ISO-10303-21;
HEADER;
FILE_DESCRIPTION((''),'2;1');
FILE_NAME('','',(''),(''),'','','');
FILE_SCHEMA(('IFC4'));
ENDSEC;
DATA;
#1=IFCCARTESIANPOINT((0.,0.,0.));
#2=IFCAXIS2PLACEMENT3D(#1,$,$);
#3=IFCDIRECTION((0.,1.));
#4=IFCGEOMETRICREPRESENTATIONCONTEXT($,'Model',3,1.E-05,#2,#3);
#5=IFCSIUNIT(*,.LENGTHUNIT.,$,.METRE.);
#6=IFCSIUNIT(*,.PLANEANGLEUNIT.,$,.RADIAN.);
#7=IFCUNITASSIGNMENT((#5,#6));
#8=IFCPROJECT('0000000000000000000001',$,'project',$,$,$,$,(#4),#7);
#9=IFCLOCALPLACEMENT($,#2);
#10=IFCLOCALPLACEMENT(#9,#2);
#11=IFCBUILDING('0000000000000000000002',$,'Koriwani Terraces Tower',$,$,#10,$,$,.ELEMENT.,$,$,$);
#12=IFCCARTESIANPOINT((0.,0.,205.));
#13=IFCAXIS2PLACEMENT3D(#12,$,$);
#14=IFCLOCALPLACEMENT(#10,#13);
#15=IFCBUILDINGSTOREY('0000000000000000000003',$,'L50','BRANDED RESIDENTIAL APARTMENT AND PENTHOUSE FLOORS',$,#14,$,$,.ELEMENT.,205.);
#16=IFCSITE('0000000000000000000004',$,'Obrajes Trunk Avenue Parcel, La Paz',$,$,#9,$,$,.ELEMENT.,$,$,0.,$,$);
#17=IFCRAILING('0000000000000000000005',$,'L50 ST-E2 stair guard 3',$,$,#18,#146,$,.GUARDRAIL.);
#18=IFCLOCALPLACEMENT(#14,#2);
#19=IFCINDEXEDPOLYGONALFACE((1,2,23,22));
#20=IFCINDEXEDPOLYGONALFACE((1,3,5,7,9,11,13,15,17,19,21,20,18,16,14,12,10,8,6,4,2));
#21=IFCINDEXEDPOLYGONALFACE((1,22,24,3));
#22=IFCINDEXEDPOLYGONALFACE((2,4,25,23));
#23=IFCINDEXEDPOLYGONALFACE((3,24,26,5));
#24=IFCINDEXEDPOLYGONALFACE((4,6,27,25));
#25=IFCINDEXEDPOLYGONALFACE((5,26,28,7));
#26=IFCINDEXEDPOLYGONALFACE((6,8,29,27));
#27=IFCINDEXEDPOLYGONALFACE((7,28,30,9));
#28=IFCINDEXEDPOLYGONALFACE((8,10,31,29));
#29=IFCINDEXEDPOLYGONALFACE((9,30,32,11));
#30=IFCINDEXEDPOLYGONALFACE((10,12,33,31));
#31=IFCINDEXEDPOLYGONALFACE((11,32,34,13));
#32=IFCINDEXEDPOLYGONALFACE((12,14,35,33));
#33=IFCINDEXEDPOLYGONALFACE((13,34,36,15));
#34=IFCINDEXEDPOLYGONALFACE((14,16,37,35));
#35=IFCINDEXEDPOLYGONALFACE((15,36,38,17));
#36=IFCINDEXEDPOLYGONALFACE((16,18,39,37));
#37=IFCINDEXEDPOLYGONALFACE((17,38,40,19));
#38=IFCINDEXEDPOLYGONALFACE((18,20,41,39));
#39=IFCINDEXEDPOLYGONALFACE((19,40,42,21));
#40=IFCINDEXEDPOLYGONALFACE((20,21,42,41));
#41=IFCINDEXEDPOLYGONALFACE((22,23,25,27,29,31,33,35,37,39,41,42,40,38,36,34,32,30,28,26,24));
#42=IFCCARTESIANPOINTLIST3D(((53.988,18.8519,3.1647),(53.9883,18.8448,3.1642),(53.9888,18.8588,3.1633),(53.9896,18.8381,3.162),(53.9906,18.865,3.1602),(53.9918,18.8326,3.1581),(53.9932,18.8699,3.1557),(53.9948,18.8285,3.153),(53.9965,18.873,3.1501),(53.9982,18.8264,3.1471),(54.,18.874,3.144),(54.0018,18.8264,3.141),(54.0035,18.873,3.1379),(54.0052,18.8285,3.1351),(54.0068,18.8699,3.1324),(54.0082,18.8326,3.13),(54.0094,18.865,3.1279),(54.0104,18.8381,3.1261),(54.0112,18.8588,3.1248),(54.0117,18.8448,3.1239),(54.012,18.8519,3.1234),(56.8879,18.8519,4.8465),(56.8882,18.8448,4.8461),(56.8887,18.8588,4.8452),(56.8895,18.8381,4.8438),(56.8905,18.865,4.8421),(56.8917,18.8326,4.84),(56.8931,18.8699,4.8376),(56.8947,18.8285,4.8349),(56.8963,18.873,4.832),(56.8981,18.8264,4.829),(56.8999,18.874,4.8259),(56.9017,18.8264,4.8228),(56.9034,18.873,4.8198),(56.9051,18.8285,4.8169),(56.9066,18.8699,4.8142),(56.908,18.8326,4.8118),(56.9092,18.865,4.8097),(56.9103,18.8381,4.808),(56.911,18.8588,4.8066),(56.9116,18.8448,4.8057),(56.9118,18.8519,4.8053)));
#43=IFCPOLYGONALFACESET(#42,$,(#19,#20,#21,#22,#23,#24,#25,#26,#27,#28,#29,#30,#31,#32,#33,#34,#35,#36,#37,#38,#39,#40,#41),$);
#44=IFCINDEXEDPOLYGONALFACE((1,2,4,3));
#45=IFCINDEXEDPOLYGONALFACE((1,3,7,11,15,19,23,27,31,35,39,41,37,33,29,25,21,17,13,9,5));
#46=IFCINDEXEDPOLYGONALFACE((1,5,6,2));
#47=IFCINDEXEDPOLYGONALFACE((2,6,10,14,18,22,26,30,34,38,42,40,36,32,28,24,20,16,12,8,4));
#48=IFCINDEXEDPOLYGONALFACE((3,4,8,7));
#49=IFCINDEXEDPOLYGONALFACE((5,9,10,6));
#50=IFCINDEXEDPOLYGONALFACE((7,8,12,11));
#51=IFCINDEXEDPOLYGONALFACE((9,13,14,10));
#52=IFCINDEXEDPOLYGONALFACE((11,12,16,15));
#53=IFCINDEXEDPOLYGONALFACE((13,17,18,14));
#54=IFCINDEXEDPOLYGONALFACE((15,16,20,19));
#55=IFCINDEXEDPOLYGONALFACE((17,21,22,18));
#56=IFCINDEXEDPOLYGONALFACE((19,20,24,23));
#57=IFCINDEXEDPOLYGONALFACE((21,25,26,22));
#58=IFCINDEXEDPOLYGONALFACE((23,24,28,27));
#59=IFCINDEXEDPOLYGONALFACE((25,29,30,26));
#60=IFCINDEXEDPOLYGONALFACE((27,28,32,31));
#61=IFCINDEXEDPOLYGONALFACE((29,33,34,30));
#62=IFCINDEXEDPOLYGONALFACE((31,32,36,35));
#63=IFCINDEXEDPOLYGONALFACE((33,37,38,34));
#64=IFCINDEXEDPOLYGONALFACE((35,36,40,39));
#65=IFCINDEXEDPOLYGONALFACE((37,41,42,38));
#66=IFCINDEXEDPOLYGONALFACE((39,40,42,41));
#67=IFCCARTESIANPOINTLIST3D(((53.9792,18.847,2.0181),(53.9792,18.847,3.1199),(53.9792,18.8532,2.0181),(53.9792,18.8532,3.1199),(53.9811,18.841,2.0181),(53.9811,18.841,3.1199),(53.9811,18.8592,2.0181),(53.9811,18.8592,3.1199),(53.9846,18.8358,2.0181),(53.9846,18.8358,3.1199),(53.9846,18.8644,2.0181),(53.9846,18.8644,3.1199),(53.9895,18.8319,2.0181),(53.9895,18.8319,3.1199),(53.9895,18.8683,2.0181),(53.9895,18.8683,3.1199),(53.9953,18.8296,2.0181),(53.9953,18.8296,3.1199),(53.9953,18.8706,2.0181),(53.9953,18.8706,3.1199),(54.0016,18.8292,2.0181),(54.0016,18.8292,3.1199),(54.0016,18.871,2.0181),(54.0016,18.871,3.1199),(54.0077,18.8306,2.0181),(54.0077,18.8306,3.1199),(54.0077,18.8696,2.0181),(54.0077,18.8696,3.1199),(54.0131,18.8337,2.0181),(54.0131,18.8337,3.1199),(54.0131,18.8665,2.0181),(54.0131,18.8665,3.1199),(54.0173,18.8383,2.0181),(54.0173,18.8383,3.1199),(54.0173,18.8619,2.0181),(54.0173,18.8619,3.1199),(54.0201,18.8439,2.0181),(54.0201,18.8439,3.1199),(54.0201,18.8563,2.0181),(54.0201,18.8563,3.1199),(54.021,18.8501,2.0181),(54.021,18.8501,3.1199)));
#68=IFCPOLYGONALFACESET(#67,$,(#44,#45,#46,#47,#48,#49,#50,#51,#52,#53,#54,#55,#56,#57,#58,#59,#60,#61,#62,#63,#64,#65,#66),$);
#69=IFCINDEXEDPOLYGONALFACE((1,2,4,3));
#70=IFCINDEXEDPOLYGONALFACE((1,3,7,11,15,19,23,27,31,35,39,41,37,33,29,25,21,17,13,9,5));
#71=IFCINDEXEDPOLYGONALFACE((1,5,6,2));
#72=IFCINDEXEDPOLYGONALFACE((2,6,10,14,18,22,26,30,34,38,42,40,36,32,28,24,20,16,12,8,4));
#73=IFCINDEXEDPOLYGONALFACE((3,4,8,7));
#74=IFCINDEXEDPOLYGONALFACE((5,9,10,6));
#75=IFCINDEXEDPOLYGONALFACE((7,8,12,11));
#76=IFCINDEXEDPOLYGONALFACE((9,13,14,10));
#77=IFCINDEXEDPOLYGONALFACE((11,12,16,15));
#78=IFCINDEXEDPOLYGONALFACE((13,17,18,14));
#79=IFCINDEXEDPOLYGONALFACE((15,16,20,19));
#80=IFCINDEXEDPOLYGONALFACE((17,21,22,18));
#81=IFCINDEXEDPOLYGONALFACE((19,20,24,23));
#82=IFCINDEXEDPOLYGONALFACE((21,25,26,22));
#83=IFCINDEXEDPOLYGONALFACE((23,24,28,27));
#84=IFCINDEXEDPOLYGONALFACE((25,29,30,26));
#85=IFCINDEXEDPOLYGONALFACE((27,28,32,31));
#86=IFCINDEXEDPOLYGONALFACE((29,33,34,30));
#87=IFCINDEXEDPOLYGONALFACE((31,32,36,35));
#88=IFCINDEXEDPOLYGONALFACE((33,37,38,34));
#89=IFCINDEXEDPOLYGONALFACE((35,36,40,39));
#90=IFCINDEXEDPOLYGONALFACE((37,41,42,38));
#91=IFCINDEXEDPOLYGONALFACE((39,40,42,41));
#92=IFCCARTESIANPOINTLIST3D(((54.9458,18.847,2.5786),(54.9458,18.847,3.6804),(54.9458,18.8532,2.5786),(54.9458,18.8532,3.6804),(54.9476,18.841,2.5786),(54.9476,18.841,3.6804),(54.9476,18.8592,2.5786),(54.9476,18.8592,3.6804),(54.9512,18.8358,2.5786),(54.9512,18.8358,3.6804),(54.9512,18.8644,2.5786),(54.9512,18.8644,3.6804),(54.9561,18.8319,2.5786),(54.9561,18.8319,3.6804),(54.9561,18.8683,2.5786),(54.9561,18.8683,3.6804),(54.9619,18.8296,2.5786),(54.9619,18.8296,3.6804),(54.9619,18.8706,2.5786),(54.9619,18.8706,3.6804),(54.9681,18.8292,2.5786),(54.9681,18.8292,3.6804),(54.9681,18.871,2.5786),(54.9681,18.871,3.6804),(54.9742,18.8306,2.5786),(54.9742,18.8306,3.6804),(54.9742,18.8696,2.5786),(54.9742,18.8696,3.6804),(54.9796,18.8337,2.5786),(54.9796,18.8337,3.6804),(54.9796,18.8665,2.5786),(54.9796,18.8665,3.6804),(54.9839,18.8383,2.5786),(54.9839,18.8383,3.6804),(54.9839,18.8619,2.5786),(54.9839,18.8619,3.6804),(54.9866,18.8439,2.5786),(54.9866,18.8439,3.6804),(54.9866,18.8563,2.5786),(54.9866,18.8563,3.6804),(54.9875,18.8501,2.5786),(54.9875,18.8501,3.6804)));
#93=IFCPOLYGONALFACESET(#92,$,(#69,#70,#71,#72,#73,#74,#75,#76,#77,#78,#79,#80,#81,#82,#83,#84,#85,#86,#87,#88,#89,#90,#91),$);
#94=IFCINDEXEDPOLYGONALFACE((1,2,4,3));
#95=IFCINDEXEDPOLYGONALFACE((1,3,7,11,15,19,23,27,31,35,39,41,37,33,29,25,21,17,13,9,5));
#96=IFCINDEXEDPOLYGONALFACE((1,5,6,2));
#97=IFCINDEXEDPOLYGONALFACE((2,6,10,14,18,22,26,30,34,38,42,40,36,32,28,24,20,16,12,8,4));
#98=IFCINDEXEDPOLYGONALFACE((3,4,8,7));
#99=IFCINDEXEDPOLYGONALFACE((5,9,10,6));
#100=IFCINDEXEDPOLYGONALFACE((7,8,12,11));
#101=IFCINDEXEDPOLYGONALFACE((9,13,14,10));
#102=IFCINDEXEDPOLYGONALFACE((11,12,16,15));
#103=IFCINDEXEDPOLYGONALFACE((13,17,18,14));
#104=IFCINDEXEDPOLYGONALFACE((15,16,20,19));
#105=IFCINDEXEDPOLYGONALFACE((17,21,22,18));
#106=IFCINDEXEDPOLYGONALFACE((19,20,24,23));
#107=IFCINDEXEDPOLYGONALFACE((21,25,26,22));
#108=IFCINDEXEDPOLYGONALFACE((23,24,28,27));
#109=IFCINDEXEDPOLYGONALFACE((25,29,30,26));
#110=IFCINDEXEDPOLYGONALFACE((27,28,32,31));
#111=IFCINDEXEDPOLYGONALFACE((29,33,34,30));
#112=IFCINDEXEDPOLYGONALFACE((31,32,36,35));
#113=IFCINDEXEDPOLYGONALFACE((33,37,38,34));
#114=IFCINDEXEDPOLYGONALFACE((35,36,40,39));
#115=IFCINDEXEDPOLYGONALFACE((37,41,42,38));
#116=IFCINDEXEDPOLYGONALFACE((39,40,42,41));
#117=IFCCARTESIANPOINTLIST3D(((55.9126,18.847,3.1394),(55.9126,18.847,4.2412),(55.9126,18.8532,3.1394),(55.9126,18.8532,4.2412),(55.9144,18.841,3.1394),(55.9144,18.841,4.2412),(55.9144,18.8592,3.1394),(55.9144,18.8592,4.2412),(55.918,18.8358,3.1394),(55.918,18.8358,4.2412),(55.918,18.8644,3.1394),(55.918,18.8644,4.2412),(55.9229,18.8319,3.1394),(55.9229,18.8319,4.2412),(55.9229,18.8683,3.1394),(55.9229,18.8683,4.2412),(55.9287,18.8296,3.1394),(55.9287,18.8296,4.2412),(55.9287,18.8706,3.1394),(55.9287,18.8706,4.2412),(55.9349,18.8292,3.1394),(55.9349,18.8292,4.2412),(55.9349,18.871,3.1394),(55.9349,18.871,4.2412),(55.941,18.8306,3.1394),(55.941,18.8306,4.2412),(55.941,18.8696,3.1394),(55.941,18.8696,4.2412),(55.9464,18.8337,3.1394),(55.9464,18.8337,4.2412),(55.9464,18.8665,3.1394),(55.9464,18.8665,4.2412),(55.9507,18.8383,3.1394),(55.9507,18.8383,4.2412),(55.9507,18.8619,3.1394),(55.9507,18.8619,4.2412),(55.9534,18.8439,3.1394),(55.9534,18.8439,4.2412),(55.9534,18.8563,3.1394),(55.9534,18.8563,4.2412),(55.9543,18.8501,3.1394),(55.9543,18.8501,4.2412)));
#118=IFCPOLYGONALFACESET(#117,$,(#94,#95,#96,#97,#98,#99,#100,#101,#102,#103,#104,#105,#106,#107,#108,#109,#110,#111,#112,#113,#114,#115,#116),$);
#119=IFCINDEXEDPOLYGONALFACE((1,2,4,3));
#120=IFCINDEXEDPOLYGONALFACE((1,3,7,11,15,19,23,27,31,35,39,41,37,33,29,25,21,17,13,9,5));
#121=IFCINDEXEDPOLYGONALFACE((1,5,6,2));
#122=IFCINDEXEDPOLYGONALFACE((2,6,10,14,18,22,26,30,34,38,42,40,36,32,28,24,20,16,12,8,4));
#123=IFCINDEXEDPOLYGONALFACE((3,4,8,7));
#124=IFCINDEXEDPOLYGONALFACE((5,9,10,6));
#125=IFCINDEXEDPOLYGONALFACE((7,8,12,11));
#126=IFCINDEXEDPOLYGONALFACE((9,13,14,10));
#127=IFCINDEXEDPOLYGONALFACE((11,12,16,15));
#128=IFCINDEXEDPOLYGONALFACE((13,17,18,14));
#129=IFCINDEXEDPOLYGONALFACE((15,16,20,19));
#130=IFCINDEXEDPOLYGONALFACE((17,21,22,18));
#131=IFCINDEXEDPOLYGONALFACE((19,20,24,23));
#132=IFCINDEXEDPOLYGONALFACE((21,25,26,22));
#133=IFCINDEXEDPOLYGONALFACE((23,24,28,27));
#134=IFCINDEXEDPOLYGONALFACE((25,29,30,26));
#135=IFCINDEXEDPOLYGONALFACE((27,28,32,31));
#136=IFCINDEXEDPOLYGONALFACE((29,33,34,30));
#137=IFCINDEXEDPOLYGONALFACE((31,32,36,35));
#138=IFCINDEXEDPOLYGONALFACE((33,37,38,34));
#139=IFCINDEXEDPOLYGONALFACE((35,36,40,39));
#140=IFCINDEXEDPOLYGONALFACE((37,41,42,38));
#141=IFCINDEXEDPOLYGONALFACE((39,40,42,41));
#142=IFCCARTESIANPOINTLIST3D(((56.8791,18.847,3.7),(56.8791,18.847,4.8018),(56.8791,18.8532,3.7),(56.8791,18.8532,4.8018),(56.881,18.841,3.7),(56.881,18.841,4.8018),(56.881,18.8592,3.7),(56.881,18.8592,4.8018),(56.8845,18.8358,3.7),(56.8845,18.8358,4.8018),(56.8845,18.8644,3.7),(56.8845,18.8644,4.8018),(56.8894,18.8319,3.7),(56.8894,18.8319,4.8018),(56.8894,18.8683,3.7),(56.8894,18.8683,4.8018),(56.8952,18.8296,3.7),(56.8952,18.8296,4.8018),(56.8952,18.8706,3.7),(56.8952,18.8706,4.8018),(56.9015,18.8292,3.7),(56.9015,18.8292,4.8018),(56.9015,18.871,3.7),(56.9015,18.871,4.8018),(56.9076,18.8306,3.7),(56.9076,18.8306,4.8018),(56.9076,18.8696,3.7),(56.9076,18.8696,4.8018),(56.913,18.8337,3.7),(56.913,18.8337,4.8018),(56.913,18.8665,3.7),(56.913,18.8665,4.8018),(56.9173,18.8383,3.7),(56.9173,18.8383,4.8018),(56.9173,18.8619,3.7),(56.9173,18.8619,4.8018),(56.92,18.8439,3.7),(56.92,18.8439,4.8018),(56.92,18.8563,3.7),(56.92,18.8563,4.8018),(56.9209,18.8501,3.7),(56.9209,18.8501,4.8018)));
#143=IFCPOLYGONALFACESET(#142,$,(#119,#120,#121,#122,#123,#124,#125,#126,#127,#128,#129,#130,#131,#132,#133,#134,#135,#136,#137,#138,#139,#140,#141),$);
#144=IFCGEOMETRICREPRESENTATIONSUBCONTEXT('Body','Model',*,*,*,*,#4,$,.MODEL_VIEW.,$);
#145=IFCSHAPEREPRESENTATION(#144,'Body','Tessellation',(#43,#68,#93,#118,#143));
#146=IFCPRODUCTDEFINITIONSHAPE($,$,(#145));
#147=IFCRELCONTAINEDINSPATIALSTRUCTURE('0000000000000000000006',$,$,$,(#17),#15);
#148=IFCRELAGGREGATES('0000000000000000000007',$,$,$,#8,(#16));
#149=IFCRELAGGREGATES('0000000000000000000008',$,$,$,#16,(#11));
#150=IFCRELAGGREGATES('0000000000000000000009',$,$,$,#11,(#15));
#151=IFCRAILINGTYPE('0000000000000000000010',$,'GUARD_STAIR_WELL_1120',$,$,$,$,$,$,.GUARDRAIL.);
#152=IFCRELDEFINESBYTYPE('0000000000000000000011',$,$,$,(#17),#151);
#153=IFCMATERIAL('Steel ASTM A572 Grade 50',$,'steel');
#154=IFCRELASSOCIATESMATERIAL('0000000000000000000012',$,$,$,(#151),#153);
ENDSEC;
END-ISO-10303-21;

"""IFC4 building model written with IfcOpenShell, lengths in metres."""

from ifc_helpers import new_model, si_unit, direction, frame, origin, origin_2d, place, context, subcontext, project, spatial, circle, extrude, material, type_object, element, save


model = new_model("IFC4")

# Units and contexts
model_context = context("Model", 3, precision=1e-05, world=origin(), true_north=direction((0.0, 1.0)))
body_context = subcontext(model_context, "Body", "Model", "MODEL_VIEW")
ifc_project = project(units=[si_unit("LENGTHUNIT", "METRE"), si_unit("PLANEANGLEUNIT", "RADIAN")], contexts=[model_context])

# Site, building, storey
site_placement = place(None, origin())
site = spatial("IfcSite", under=ifc_project, at=site_placement, Name="Obrajes Trunk Avenue Parcel, La Paz", CompositionType="ELEMENT", RefElevation=0.0)
building_placement = place(site_placement, origin())
building = spatial("IfcBuilding", under=site, at=building_placement, Name="Koriwani Terraces Tower", CompositionType="ELEMENT")
storey_placement = place(building_placement, frame((0.0, 0.0, 205.0)))
storey = spatial("IfcBuildingStorey", under=building, at=storey_placement, Name="L50", Description="BRANDED RESIDENTIAL APARTMENT AND PENTHOUSE FLOORS", CompositionType="ELEMENT", Elevation=205.0)

# Shared definitions
ifc_material_1 = material(Name="Steel ASTM A572 Grade 50", Category="steel")

# Railing
railing_type_1 = type_object("IfcRailingType", Name="GUARD_STAIR_WELL_1120", PredefinedType="GUARDRAIL", material=ifc_material_1)
railing_1_placement = place(storey_placement, frame((54.0, 18.8501, 2.0181)))
element("IfcRailing", 1, at=railing_1_placement, inside=storey, type_object=railing_type_1, Name="L50 ST-E2 stair guard 3", PredefinedType="GUARDRAIL", context=body_context, shape_type="SweptSolid", body=[
    extrude(circle(Radius=0.0239, at=origin_2d()), frame((0.0, 0.0, 1.126), z_axis=(0.865039, 0.0, 0.501705), x_axis=(0.0, 1.0, 0.0)), (0.0, 0.0, 1.0), 3.3523),
    extrude(circle(Radius=0.021, at=origin_2d()), origin(), (0.0, 0.0, 1.0), 1.1018),
    extrude(circle(Radius=0.021, at=origin_2d()), frame((0.9666, 0.0, 0.5605)), (0.0, 0.0, 1.0), 1.1018),
    extrude(circle(Radius=0.021, at=origin_2d()), frame((1.9333, 0.0, 1.1213)), (0.0, 0.0, 1.0), 1.1018),
    extrude(circle(Radius=0.021, at=origin_2d()), frame((2.8999, 0.0, 1.6819)), (0.0, 0.0, 1.0), 1.1018),
])

save(model, "model.ifc")
